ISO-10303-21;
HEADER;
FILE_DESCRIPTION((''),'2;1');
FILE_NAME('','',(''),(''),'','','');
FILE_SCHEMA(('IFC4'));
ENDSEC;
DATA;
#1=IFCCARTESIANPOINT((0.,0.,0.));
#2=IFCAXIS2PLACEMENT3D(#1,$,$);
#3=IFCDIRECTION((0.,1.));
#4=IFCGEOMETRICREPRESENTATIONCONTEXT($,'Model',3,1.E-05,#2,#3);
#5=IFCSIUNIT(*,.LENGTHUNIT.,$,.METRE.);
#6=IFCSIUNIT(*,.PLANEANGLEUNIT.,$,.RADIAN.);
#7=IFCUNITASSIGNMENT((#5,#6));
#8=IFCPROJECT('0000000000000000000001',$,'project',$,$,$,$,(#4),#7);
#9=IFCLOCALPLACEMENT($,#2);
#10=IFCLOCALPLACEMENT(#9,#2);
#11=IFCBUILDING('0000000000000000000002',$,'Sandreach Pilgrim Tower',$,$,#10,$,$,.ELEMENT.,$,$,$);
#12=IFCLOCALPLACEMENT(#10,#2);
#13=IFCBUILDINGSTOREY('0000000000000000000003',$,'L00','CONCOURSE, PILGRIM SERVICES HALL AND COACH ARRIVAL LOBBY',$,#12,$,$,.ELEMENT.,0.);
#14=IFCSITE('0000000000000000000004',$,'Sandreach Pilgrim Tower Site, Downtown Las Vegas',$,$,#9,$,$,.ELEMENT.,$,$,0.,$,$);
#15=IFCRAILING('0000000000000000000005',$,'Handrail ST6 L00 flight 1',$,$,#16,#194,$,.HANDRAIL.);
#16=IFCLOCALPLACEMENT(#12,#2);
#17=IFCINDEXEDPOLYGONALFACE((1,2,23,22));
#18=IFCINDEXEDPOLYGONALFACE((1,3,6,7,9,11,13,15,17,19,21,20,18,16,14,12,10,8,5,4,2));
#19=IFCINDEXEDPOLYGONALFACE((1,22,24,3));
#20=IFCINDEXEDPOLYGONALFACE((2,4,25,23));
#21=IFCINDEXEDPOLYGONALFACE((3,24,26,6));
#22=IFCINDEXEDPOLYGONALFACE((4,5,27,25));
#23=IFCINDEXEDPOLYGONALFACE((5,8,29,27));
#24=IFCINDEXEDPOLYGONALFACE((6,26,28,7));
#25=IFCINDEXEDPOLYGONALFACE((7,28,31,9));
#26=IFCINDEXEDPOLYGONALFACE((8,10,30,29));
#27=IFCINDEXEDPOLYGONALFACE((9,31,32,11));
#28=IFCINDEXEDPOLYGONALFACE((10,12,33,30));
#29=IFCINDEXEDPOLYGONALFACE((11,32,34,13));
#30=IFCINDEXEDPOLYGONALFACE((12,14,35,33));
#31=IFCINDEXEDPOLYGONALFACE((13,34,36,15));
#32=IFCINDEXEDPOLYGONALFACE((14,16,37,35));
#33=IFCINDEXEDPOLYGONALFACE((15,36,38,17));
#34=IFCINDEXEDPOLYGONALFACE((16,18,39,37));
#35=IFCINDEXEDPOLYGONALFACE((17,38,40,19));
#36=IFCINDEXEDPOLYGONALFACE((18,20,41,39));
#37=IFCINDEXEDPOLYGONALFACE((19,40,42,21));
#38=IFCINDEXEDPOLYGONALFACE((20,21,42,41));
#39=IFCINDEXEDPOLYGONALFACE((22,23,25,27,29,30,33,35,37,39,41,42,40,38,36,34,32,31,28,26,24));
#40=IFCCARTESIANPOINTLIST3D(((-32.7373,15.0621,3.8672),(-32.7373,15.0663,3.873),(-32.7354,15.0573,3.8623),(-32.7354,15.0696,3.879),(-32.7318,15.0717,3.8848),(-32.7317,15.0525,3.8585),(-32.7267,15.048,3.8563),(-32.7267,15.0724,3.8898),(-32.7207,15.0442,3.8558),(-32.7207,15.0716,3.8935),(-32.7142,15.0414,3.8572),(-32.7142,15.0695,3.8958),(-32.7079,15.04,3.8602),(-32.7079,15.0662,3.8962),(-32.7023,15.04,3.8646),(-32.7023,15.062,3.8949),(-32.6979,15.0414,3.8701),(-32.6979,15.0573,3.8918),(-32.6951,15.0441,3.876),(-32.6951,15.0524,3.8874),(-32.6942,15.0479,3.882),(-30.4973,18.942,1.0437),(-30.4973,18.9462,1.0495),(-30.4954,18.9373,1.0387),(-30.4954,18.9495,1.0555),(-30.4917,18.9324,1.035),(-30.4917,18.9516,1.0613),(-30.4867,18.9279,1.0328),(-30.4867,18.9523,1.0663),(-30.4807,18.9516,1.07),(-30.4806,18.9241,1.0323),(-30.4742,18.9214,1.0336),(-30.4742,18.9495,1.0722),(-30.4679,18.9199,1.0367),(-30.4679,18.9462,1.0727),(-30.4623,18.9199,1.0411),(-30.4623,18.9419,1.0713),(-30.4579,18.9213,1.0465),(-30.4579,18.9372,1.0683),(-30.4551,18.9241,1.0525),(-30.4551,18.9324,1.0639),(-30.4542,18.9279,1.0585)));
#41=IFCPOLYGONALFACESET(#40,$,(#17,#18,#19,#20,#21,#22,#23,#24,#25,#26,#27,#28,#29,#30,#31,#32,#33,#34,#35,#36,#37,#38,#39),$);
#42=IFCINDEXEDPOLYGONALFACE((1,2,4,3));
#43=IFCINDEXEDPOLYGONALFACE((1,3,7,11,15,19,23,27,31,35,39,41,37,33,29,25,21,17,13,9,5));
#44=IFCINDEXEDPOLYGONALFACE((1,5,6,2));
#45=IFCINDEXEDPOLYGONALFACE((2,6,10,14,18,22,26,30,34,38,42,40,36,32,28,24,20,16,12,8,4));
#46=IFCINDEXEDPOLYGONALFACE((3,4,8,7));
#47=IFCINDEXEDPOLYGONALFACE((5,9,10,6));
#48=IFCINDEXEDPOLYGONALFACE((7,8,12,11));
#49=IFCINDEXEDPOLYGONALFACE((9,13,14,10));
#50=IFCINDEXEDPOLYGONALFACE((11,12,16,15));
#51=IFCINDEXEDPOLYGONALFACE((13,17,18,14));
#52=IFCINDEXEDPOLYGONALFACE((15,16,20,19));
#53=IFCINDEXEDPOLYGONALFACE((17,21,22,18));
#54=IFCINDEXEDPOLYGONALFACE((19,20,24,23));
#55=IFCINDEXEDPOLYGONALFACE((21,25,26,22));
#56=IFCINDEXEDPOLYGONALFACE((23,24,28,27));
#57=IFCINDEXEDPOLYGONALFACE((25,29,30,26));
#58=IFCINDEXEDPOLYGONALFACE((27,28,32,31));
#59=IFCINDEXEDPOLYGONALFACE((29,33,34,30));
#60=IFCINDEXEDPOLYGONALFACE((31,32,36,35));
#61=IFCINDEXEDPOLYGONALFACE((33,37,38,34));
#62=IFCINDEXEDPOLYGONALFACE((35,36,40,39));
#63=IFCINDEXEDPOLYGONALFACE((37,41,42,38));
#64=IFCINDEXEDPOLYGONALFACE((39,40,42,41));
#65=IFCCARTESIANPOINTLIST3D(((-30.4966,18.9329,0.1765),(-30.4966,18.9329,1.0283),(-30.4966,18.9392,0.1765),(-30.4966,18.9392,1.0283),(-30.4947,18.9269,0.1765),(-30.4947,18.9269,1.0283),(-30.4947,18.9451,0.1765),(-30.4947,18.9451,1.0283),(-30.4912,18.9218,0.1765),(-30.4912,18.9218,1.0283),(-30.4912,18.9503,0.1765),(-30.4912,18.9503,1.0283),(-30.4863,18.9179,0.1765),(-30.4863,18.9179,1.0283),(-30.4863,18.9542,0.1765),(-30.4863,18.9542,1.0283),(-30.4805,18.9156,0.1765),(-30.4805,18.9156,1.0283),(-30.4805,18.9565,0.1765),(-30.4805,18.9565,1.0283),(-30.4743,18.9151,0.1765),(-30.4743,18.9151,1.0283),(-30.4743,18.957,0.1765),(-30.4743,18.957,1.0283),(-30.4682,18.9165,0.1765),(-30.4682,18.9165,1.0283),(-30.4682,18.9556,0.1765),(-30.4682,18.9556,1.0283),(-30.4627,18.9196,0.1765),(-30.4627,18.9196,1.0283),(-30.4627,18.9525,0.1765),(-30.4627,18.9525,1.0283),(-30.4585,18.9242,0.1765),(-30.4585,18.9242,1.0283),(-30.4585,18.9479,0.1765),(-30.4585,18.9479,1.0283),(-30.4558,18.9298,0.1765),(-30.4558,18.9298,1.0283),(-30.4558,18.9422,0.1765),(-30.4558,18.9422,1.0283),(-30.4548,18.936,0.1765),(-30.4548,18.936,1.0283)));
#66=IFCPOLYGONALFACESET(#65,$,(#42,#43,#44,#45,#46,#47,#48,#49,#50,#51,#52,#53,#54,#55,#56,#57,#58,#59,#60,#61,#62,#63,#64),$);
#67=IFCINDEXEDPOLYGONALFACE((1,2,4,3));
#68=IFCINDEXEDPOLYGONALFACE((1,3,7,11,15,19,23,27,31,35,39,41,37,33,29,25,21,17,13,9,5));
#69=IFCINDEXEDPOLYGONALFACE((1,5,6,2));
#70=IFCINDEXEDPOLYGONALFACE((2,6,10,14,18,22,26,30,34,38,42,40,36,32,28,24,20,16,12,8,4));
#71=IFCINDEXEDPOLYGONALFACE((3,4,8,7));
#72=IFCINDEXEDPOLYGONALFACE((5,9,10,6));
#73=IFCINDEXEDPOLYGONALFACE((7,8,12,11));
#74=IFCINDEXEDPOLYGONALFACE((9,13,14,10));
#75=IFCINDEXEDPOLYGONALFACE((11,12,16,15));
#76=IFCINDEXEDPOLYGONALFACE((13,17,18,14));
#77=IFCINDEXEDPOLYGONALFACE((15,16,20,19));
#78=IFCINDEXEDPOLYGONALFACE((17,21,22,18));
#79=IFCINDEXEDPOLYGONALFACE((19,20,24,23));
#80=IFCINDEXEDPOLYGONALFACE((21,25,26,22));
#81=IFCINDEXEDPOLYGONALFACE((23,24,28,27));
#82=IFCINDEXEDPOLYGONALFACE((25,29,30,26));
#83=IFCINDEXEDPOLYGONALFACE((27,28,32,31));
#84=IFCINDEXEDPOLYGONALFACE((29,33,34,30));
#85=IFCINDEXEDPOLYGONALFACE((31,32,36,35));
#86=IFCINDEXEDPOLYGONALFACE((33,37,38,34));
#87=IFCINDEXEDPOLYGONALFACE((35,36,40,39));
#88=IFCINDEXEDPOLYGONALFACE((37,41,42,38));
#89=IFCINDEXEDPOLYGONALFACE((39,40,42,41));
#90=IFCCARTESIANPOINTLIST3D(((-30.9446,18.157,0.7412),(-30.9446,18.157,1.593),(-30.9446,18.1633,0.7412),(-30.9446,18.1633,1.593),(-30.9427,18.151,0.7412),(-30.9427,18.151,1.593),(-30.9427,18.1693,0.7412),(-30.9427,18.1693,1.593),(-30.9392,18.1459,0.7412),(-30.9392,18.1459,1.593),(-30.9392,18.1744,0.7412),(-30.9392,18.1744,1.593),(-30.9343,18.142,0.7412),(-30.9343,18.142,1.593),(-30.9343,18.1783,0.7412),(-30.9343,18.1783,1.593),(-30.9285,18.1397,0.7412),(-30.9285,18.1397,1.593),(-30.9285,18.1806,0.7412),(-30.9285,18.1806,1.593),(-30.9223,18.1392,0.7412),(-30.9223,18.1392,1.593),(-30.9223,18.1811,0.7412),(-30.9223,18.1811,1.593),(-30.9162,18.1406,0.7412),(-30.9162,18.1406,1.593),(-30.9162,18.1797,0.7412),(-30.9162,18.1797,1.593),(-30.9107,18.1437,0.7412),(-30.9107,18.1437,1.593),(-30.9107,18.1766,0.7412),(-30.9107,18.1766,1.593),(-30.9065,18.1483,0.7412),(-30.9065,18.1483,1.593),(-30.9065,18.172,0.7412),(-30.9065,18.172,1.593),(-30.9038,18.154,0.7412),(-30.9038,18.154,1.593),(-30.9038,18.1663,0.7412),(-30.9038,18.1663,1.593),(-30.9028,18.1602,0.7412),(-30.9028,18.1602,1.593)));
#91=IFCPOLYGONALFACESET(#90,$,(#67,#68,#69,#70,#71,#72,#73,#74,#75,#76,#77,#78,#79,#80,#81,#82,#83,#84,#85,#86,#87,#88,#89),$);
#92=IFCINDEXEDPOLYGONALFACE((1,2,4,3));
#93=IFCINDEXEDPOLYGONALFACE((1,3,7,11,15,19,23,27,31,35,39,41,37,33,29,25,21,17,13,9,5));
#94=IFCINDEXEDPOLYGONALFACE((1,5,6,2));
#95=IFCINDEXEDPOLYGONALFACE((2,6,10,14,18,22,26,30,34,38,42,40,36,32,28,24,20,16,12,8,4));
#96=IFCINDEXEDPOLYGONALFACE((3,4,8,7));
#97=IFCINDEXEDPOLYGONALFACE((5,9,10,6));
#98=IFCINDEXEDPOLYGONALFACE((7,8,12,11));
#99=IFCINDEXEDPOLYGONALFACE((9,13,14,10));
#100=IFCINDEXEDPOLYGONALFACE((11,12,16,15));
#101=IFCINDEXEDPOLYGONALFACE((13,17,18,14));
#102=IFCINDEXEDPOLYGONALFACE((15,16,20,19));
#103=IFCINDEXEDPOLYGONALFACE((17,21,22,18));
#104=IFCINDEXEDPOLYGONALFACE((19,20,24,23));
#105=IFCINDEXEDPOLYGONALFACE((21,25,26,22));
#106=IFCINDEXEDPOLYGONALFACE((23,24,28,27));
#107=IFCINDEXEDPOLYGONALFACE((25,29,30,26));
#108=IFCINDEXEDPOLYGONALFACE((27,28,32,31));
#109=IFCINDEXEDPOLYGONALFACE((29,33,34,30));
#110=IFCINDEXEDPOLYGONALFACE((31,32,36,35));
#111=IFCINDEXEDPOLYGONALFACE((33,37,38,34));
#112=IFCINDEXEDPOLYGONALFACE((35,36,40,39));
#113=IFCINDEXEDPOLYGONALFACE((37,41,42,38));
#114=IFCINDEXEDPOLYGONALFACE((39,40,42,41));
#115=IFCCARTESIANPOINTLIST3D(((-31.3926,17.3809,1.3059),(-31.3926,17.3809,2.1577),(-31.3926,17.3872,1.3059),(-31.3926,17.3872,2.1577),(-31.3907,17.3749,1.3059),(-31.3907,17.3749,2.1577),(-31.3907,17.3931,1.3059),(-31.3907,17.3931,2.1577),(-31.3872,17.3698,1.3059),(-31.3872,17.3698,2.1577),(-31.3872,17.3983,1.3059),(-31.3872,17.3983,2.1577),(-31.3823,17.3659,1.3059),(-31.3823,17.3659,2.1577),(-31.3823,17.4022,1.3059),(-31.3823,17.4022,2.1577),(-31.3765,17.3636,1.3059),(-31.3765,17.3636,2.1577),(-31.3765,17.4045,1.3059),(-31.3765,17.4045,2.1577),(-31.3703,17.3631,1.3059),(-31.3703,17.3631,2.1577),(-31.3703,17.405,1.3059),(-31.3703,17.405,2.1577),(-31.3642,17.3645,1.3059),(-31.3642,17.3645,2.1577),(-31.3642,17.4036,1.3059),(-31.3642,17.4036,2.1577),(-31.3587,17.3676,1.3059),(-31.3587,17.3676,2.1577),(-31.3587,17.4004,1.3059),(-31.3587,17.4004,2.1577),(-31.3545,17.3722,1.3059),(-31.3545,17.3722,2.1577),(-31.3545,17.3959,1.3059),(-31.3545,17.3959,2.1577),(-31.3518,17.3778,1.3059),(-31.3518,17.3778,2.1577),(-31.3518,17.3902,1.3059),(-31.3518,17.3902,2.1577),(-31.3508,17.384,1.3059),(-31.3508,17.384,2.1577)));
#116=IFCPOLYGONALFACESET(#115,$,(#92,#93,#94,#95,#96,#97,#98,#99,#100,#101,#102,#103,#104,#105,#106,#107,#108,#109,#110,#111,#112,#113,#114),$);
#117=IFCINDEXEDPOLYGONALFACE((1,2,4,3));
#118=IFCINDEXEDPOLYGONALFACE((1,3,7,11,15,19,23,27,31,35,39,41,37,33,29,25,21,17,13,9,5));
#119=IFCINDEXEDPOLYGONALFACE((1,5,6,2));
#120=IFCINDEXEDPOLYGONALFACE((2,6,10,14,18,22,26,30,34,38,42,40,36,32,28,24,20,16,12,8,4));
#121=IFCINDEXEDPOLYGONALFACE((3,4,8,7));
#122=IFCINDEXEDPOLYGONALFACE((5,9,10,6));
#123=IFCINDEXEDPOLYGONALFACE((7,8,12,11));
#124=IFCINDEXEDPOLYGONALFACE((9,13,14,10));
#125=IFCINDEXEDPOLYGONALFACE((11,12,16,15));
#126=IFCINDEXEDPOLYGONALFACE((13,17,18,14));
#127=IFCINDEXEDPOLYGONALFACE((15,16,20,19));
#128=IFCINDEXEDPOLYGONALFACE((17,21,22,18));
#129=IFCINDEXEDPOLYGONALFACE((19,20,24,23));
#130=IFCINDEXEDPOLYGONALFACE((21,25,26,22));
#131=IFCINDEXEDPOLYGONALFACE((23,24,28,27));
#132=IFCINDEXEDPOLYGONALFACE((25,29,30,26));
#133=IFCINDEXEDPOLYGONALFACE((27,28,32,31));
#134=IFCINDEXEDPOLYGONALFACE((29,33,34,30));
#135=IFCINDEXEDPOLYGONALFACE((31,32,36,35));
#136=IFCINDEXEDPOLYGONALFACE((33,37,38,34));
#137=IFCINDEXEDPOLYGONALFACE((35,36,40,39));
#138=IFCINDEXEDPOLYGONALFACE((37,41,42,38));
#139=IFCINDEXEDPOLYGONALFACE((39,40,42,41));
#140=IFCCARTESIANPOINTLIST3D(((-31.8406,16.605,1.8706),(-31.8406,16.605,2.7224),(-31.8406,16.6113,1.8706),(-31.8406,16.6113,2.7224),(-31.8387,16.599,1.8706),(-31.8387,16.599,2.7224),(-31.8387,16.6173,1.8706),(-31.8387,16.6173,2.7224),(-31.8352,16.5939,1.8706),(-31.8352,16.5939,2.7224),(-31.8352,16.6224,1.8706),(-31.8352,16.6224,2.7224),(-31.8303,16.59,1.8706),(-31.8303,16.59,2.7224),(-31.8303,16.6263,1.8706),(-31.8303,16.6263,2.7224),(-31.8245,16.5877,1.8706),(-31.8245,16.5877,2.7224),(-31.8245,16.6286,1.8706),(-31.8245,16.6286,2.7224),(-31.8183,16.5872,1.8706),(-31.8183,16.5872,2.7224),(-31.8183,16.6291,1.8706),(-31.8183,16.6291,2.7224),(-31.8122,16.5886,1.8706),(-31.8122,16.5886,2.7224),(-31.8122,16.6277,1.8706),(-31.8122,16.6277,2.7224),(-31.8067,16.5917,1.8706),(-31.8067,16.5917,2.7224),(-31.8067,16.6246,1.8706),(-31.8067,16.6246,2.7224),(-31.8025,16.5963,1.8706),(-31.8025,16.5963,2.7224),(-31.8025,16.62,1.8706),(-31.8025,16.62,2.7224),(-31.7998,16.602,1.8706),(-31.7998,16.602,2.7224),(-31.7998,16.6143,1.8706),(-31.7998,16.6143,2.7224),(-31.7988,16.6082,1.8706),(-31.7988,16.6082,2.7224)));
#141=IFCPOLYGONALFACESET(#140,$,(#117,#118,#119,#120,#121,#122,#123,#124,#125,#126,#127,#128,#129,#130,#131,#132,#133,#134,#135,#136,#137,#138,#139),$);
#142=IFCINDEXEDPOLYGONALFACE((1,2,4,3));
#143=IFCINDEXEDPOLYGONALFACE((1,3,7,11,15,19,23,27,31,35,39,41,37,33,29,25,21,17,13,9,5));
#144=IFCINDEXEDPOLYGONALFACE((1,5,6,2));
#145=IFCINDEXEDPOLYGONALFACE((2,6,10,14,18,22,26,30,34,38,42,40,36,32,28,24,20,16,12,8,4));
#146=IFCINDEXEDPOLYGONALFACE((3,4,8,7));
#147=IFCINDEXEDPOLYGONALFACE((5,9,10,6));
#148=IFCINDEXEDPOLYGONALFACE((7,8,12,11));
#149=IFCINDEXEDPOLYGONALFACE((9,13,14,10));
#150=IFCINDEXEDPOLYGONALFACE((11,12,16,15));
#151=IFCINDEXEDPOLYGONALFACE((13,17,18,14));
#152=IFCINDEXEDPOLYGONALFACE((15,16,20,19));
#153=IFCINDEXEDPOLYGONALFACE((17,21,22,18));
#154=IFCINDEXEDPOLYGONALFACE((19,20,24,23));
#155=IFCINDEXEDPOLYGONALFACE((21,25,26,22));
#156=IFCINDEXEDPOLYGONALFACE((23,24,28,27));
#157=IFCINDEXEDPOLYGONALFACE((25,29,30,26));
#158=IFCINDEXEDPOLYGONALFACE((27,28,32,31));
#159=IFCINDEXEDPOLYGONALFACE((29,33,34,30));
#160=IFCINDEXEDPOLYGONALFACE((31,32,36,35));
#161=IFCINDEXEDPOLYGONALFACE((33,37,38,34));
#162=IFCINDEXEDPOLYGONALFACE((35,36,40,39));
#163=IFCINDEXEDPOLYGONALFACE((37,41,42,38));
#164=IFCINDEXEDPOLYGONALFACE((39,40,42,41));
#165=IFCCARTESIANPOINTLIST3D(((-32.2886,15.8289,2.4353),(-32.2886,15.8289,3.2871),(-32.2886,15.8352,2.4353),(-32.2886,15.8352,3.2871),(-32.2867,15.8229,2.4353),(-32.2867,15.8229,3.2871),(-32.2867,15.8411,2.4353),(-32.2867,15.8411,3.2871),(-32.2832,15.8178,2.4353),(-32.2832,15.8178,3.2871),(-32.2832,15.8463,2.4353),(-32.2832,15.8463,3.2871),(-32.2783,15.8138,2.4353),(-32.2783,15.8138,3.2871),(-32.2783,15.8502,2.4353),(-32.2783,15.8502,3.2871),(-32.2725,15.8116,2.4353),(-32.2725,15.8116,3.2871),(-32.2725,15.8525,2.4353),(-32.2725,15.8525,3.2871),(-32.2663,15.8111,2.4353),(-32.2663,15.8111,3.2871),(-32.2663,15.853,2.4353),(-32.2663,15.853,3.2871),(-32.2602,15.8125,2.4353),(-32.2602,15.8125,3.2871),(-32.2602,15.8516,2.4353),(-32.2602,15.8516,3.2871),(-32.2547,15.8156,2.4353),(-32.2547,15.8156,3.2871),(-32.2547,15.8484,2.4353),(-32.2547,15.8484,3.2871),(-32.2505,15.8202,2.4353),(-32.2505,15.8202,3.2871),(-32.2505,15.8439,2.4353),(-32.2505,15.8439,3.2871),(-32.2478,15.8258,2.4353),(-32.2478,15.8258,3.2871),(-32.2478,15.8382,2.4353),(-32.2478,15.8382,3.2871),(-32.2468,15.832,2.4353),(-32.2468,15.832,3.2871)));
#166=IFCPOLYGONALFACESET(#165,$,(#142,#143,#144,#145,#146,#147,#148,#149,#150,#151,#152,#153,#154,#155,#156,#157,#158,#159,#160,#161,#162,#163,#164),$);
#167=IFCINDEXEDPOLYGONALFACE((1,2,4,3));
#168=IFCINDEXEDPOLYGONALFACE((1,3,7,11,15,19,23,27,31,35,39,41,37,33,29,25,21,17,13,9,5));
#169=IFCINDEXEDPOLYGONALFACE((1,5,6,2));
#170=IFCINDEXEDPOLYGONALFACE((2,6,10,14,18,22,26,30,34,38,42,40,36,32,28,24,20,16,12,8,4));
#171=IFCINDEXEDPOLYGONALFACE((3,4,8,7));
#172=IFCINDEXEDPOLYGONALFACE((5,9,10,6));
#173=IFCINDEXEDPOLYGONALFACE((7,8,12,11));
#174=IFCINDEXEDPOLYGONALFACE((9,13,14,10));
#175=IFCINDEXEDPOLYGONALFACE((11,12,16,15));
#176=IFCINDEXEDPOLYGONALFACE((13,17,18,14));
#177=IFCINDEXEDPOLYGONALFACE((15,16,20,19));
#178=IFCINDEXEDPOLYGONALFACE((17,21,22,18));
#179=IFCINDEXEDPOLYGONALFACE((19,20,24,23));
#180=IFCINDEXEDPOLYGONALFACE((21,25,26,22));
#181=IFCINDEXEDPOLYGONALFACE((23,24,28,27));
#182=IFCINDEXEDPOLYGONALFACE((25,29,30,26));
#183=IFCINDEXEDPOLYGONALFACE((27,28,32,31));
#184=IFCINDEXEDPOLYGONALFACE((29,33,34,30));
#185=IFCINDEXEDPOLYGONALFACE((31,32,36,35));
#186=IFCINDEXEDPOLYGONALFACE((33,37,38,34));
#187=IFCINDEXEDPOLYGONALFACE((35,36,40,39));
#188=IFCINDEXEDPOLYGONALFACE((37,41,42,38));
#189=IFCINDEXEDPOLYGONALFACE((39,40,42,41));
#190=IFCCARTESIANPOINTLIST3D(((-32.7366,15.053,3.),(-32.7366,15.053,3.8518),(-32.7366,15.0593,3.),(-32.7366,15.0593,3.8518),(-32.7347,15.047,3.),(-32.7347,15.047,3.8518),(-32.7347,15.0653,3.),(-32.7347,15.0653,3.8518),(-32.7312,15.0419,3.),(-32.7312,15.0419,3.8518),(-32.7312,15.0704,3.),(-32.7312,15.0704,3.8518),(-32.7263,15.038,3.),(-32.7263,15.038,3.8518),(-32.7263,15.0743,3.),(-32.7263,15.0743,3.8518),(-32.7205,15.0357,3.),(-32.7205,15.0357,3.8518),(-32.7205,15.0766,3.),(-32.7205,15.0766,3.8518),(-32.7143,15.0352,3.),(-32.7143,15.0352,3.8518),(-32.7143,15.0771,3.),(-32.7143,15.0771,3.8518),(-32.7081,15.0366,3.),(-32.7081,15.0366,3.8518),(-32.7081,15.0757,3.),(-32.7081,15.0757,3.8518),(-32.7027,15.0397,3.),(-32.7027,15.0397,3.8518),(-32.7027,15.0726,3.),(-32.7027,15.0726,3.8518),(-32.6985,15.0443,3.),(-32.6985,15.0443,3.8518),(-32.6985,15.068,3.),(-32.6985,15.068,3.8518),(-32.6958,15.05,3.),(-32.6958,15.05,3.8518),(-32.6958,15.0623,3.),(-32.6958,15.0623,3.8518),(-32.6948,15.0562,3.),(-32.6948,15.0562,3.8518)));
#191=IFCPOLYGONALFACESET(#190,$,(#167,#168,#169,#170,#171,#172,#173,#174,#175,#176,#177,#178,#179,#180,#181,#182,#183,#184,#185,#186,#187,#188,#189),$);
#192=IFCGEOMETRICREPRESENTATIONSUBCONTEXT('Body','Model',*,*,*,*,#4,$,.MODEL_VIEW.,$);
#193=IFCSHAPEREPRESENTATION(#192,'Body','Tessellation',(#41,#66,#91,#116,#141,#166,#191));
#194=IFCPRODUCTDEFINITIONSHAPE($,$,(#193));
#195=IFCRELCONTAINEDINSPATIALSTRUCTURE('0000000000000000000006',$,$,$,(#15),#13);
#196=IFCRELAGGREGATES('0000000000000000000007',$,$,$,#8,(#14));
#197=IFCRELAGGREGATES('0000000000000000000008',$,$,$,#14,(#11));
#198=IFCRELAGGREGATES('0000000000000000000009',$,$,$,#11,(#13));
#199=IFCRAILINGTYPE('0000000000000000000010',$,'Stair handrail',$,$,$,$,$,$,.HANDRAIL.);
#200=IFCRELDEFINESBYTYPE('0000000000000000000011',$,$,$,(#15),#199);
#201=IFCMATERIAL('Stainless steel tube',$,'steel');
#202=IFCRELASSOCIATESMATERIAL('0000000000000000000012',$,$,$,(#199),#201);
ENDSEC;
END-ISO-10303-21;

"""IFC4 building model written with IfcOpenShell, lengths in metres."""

from ifc_helpers import new_model, si_unit, direction, frame, origin, origin_2d, place, context, subcontext, project, spatial, circle, extrude, material, type_object, element, save


model = new_model("IFC4")

# Units and contexts
model_context = context("Model", 3, precision=1e-05, world=origin(), true_north=direction((0.0, 1.0)))
body_context = subcontext(model_context, "Body", "Model", "MODEL_VIEW")
ifc_project = project(units=[si_unit("LENGTHUNIT", "METRE"), si_unit("PLANEANGLEUNIT", "RADIAN")], contexts=[model_context])

# Site, building, storey
site_placement = place(None, origin())
site = spatial("IfcSite", under=ifc_project, at=site_placement, Name="Sandreach Pilgrim Tower Site, Downtown Las Vegas", CompositionType="ELEMENT", RefElevation=0.0)
building_placement = place(site_placement, origin())
building = spatial("IfcBuilding", under=site, at=building_placement, Name="Sandreach Pilgrim Tower", CompositionType="ELEMENT")
storey_placement = place(building_placement, origin())
storey = spatial("IfcBuildingStorey", under=building, at=storey_placement, Name="L00", Description="CONCOURSE, PILGRIM SERVICES HALL AND COACH ARRIVAL LOBBY", CompositionType="ELEMENT", Elevation=0.0)

# Railing
ifc_material_1 = material(Name="Stainless steel tube", Category="steel")
railing_type = type_object("IfcRailingType", Name="Stair handrail", PredefinedType="HANDRAIL", material=ifc_material_1)
railing_placement = place(storey_placement, frame((-30.4758, 18.936, 0.1765)))
element("IfcRailing", 1, at=railing_placement, inside=storey, type_object=railing_type, Name="Handrail ST6 L00 flight 1", PredefinedType="HANDRAIL", context=body_context, shape_type="SweptSolid", body=[
    extrude(circle(Radius=0.0239, at=origin_2d()), frame((0.0, 0.0, 0.876), z_axis=(-0.422993, -0.732665, 0.533178), x_axis=(0.866031, -0.49999, 0.0)), (0.0, 0.0, 1.0), 5.2957),
    extrude(circle(Radius=0.021, at=origin_2d()), origin(), (0.0, 0.0, 1.0), 0.8518),
    extrude(circle(Radius=0.021, at=origin_2d()), frame((-0.448, -0.7759, 0.5647)), (0.0, 0.0, 1.0), 0.8518),
    extrude(circle(Radius=0.021, at=origin_2d()), frame((-0.896, -1.552, 1.1294)), (0.0, 0.0, 1.0), 0.8518),
    extrude(circle(Radius=0.021, at=origin_2d()), frame((-1.344, -2.3279, 1.6941)), (0.0, 0.0, 1.0), 0.8518),
    extrude(circle(Radius=0.021, at=origin_2d()), frame((-1.792, -3.104, 2.2588)), (0.0, 0.0, 1.0), 0.8518),
    extrude(circle(Radius=0.021, at=origin_2d()), frame((-2.24, -3.8799, 2.8235)), (0.0, 0.0, 1.0), 0.8518),
])

save(model, "model.ifc")
